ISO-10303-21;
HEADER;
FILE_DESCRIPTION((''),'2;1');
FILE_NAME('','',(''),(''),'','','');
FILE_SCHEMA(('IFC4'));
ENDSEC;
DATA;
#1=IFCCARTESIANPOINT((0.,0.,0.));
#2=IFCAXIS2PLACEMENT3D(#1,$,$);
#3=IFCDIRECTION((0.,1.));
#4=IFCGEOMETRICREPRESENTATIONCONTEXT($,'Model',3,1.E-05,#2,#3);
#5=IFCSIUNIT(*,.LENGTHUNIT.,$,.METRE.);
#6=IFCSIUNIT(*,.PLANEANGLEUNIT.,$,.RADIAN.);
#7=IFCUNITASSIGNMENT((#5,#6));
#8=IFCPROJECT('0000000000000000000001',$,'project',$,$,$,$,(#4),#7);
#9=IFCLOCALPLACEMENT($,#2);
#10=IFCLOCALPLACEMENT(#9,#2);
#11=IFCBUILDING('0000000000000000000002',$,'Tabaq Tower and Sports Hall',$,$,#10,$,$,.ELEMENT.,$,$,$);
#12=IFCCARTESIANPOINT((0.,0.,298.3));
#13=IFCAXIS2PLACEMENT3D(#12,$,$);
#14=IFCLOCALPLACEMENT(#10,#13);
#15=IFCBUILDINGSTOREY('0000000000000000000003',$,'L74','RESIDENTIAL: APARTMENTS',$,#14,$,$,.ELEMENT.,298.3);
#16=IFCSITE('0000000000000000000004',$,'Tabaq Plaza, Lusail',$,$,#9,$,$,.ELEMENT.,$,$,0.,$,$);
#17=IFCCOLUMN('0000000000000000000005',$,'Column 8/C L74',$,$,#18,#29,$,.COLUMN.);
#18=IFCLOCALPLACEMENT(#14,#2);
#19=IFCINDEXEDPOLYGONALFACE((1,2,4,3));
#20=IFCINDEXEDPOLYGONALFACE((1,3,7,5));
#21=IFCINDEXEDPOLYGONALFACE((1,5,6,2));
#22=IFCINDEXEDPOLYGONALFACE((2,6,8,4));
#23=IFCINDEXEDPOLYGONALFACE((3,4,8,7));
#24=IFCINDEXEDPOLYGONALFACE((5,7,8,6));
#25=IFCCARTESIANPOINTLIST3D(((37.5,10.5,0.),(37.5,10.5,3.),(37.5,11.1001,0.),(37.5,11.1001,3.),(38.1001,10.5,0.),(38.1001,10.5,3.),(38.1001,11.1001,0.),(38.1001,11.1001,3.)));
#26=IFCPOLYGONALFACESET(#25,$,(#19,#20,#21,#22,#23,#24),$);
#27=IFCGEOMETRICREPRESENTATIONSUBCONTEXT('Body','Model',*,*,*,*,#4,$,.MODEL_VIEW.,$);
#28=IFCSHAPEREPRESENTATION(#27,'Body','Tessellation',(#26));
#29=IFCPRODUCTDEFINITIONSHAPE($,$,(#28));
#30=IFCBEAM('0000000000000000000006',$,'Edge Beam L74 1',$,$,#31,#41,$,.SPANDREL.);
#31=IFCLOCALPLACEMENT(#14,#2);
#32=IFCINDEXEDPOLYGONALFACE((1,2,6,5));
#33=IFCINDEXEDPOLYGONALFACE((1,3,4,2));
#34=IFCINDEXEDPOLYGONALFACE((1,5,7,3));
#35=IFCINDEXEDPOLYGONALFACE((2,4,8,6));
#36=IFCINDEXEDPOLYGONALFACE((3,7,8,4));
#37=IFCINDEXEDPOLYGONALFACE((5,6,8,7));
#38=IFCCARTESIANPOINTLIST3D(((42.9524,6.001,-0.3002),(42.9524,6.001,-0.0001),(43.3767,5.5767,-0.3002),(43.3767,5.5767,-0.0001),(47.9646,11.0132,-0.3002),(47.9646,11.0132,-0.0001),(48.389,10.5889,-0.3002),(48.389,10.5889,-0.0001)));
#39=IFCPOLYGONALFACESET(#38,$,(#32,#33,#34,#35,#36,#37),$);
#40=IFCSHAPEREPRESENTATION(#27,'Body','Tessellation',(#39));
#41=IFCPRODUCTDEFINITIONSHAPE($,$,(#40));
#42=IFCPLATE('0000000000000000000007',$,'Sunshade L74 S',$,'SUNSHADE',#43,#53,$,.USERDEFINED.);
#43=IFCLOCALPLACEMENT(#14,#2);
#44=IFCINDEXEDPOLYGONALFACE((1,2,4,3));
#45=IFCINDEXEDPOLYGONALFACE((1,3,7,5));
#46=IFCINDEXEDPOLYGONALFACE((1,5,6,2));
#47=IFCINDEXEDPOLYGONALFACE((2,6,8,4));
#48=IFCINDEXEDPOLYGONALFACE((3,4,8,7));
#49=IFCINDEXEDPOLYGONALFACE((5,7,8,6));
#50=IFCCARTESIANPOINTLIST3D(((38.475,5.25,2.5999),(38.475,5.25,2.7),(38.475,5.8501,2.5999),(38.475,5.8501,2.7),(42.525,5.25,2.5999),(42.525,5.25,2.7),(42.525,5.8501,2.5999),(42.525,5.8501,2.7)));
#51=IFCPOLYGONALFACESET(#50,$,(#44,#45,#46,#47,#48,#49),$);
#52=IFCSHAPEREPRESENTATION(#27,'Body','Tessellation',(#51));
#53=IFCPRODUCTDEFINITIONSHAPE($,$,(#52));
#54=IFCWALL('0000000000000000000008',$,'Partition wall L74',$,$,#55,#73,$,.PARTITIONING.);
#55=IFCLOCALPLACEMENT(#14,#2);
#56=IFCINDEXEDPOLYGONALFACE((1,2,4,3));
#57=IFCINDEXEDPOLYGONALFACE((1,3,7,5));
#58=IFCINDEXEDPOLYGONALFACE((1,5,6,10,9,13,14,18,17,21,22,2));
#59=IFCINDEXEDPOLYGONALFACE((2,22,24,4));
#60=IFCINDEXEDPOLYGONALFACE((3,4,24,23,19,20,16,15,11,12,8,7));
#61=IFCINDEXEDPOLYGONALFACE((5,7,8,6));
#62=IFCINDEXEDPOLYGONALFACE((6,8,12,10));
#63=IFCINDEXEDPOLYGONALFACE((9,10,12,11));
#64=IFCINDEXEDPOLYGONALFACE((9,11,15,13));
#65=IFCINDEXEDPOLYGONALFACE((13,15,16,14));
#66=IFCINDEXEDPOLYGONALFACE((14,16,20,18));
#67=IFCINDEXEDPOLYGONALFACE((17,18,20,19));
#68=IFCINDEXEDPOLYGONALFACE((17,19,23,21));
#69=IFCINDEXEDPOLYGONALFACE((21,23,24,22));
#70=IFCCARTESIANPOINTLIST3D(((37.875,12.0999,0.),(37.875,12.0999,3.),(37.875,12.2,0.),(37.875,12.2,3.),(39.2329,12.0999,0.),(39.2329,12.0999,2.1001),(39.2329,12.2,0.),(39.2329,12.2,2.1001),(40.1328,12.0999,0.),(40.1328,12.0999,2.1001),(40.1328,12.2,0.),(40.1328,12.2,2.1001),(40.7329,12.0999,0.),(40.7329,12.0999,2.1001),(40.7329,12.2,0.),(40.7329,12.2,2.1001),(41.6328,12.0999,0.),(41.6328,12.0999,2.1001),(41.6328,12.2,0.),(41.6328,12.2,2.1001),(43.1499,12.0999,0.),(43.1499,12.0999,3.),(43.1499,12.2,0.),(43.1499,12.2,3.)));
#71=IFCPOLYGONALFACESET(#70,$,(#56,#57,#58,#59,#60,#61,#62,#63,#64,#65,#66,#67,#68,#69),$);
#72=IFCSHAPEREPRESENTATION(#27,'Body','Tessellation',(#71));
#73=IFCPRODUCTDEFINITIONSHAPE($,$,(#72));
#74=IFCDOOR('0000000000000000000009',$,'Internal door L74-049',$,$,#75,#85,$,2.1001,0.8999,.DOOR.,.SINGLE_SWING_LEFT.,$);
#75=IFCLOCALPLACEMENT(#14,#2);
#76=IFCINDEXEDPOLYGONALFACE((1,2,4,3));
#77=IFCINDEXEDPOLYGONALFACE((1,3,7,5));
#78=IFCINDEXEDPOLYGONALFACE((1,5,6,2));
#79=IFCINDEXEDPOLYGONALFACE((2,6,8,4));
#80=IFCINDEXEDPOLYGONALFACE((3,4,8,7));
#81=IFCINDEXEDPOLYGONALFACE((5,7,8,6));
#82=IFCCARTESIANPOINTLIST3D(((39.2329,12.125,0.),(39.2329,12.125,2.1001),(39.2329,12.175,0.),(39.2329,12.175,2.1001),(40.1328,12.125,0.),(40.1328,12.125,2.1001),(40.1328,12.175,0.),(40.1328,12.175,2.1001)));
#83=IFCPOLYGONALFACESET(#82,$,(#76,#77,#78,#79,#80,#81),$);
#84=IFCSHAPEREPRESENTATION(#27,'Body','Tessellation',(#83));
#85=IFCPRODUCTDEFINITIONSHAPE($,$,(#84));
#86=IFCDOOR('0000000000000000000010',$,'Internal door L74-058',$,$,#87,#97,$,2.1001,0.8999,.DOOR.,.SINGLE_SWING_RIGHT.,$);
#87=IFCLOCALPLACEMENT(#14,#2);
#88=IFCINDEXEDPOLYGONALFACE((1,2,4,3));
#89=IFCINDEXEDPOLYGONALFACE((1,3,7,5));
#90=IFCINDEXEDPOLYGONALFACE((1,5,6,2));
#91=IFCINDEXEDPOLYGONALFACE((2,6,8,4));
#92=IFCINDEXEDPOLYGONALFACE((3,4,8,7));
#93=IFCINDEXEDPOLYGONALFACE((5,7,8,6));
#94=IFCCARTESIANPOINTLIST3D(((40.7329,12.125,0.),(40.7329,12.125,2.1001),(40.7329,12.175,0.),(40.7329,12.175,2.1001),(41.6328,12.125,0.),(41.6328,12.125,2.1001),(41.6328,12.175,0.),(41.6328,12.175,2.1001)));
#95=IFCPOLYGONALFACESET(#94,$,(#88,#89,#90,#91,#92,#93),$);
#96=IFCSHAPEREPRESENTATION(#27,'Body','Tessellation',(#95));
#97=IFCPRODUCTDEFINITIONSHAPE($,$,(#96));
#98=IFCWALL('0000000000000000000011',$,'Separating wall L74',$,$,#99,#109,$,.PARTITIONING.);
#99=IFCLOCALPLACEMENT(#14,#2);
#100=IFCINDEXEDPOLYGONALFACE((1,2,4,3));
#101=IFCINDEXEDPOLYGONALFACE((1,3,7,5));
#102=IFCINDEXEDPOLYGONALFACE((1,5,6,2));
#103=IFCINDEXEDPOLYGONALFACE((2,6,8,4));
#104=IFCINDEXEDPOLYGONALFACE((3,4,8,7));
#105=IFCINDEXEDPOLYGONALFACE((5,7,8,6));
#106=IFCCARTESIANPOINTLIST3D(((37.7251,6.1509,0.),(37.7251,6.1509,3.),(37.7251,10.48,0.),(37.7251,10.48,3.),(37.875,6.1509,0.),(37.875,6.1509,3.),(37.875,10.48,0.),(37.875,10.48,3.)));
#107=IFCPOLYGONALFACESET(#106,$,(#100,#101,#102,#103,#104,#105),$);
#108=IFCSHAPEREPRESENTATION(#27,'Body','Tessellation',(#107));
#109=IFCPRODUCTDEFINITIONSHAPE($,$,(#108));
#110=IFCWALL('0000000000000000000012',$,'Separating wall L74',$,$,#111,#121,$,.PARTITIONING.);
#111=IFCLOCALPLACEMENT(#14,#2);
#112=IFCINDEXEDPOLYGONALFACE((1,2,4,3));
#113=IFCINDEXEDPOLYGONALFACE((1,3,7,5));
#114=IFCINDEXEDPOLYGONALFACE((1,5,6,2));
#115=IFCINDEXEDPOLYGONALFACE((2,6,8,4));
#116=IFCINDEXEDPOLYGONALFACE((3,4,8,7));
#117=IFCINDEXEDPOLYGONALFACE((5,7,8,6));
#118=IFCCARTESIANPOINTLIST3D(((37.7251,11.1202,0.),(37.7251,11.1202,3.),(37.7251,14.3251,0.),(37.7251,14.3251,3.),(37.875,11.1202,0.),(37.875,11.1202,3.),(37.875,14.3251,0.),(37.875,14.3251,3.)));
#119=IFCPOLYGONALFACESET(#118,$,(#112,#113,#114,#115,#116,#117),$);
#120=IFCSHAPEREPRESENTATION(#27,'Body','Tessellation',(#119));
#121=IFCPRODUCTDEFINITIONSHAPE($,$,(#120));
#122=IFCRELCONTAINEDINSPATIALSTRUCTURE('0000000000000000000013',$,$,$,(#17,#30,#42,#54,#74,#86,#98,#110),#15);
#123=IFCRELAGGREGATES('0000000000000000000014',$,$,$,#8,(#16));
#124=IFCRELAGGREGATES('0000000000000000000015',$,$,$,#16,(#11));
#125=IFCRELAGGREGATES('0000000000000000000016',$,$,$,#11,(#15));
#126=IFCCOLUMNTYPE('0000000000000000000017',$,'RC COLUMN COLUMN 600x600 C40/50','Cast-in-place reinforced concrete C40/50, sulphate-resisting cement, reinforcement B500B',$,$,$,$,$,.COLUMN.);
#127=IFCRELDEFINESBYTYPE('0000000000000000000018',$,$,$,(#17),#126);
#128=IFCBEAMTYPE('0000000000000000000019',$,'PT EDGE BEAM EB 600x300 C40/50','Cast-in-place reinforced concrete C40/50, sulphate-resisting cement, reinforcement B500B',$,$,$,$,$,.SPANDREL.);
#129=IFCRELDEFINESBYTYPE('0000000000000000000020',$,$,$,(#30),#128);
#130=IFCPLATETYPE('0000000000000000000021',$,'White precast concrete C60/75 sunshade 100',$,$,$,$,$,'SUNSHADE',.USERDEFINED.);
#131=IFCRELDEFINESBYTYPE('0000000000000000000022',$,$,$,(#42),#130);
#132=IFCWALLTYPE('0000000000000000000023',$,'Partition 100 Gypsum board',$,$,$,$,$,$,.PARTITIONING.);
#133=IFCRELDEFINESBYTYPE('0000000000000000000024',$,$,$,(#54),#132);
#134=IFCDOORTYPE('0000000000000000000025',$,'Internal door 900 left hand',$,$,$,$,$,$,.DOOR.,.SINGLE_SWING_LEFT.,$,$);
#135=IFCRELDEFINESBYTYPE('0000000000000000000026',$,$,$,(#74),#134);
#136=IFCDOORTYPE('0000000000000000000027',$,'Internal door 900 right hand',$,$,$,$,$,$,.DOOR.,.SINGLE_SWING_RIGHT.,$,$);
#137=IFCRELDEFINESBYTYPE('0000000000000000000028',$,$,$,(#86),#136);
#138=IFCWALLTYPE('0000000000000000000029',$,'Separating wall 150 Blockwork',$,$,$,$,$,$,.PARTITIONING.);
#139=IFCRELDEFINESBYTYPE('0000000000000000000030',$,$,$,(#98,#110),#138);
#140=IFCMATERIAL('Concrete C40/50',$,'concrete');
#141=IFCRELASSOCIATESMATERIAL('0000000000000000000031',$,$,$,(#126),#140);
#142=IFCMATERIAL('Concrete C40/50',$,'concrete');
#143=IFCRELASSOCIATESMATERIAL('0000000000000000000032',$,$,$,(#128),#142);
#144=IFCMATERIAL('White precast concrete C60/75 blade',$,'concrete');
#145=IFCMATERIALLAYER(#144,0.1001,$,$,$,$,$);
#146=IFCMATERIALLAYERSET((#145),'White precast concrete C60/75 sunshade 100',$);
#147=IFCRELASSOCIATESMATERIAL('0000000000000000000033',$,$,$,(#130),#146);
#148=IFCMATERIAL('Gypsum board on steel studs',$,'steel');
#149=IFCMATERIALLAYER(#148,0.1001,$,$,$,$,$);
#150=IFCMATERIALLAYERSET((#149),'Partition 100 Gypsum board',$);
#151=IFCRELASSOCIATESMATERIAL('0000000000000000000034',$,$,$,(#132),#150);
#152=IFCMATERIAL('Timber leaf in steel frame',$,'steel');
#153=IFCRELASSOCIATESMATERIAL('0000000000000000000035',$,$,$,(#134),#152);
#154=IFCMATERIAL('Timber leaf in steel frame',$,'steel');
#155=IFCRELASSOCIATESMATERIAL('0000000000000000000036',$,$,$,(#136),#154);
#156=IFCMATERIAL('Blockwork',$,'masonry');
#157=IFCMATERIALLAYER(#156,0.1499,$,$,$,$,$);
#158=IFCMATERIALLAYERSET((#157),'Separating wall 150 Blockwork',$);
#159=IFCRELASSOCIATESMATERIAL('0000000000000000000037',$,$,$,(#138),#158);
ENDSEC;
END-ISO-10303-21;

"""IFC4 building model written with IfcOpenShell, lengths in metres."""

from ifc_helpers import new_model, si_unit, direction, frame, frame_2d, origin, origin_2d, place, context, subcontext, project, spatial, rectangle, extrude, material, layer, layer_set, material_profile, profile_set, type_object, element, fill, save


model = new_model("IFC4")

# Units and contexts
model_context = context("Model", 3, precision=1e-05, world=origin(), true_north=direction((0.0, 1.0)))
body_context = subcontext(model_context, "Body", "Model", "MODEL_VIEW")
ifc_project = project(units=[si_unit("LENGTHUNIT", "METRE"), si_unit("PLANEANGLEUNIT", "RADIAN")], contexts=[model_context])

# Site, building, storey
site_placement = place(None, origin())
site = spatial("IfcSite", under=ifc_project, at=site_placement, Name="Tabaq Plaza, Lusail", CompositionType="ELEMENT", RefElevation=0.0)
building_placement = place(site_placement, origin())
building = spatial("IfcBuilding", under=site, at=building_placement, Name="Tabaq Tower and Sports Hall", CompositionType="ELEMENT")
storey_placement = place(building_placement, frame((0.0, 0.0, 298.3)))
storey = spatial("IfcBuildingStorey", under=building, at=storey_placement, Name="L74", Description="RESIDENTIAL: APARTMENTS", CompositionType="ELEMENT", Elevation=298.3)

# Column
ifc_material_1 = material(Name="Concrete C40/50", Category="concrete")
ifc_material_profile_1 = material_profile(ifc_material_1, rectangle(XDim=0.6001, YDim=0.6001, at=origin_2d()), Name="COLUMN 600x600")
ifc_profile_set_1 = profile_set([ifc_material_profile_1], Name="Concrete C40/50")
column_type = type_object("IfcColumnType", Name="RC COLUMN COLUMN 600x600 C40/50", Description="Cast-in-place reinforced concrete C40/50, sulphate-resisting cement, reinforcement B500B", PredefinedType="COLUMN", material=ifc_profile_set_1)
column_placement = place(storey_placement, frame((37.8, 10.8, 0.0), z_axis=(0.0, 0.0, 1.0), x_axis=(1.0, 0.0, 0.0)))
element("IfcColumn", 1, at=column_placement, inside=storey, type_object=column_type, Name="Column 8/C L74", PredefinedType="COLUMN", context=body_context, shape_type="SweptSolid", body=[
    extrude(rectangle(XDim=0.6001, YDim=0.6001, at=origin_2d()), origin(), (0.0, 0.0, 1.0), 3.0),
])

# Beam
ifc_material_2 = material(Name="Concrete C40/50", Category="concrete")
ifc_material_profile_2 = material_profile(ifc_material_2, rectangle(XDim=0.6001, YDim=0.3, at=origin_2d()), Name="EB 600x300")
ifc_profile_set_2 = profile_set([ifc_material_profile_2], Name="Concrete C40/50")
beam_type = type_object("IfcBeamType", Name="PT EDGE BEAM EB 600x300 C40/50", Description="Cast-in-place reinforced concrete C40/50, sulphate-resisting cement, reinforcement B500B", PredefinedType="SPANDREL", material=ifc_profile_set_2)
beam_placement = place(storey_placement, frame((43.1646, 5.7888, -0.1501), z_axis=(0.707107, 0.707107, 0.0), x_axis=(-0.707107, 0.707107, 0.0)))
element("IfcBeam", 2, at=beam_placement, inside=storey, type_object=beam_type, Name="Edge Beam L74 1", PredefinedType="SPANDREL", context=body_context, shape_type="SweptSolid", body=[
    extrude(rectangle(XDim=0.6001, YDim=0.3, at=origin_2d()), origin(), (0.0, 0.0, 1.0), 7.0884),
])

# Plate
ifc_material_3 = material(Name="White precast concrete C60/75 blade", Category="concrete")
ifc_layer_1 = layer(ifc_material_3, 0.1001)
ifc_layer_set_1 = layer_set([ifc_layer_1], Name="White precast concrete C60/75 sunshade 100")
plate_type = type_object("IfcPlateType", Name="White precast concrete C60/75 sunshade 100", ElementType="SUNSHADE", PredefinedType="USERDEFINED", material=ifc_layer_set_1)
plate_placement = place(storey_placement, frame((40.5, 5.55, 2.5999), z_axis=(0.0, 0.0, 1.0), x_axis=(1.0, 0.0, 0.0)))
element("IfcPlate", 3, at=plate_placement, inside=storey, type_object=plate_type, Name="Sunshade L74 S", ObjectType="SUNSHADE", PredefinedType="USERDEFINED", context=body_context, shape_type="SweptSolid", body=[
    extrude(rectangle(XDim=4.05, YDim=0.6001, at=origin_2d()), origin(), (0.0, 0.0, 1.0), 0.1001),
])

# Wall, openings, doors
ifc_material_4 = material(Name="Gypsum board on steel studs", Category="steel")
ifc_layer_2 = layer(ifc_material_4, 0.1001)
ifc_layer_set_2 = layer_set([ifc_layer_2], Name="Partition 100 Gypsum board")
wall_type_1 = type_object("IfcWallType", Name="Partition 100 Gypsum board", PredefinedType="PARTITIONING", material=ifc_layer_set_2)
wall_1_placement = place(storey_placement, frame((43.1499, 12.1499, 0.0), z_axis=(0.0, 0.0, 1.0), x_axis=(-1.0, 0.0, 0.0)))
wall_1 = element("IfcWall", 4, at=wall_1_placement, inside=storey, type_object=wall_type_1, Name="Partition wall L74", PredefinedType="PARTITIONING", context=body_context, shape_type="SweptSolid", body=[
    extrude(rectangle(XDim=5.2749, YDim=0.1001, at=frame_2d((2.6375, 0.0))), origin(), (0.0, 0.0, 1.0), 3.0),
])
opening_1_placement = place(wall_1_placement, frame((3.0171, 0.0, 0.0)))
opening_1 = element("IfcOpeningElement", 5, at=opening_1_placement, cuts=wall_1, PredefinedType="OPENING", context=body_context, shape_type="SweptSolid", body=[
    extrude(rectangle(XDim=0.8999, YDim=2.1001, at=frame_2d((0.45, 1.05))), frame((0.0, 0.05, 0.0), z_axis=(0.0, -1.0, 0.0), x_axis=(1.0, 0.0, 0.0)), (0.0, 0.0, 1.0), 0.1001),
])
opening_2_placement = place(wall_1_placement, frame((1.5171, 0.0, 0.0)))
opening_2 = element("IfcOpeningElement", 6, at=opening_2_placement, cuts=wall_1, PredefinedType="OPENING", context=body_context, shape_type="SweptSolid", body=[
    extrude(rectangle(XDim=0.8999, YDim=2.1001, at=frame_2d((0.45, 1.05))), frame((0.0, 0.05, 0.0), z_axis=(0.0, -1.0, 0.0), x_axis=(1.0, 0.0, 0.0)), (0.0, 0.0, 1.0), 0.1001),
])
ifc_material_5 = material(Name="Timber leaf in steel frame", Category="steel")
door_type_1 = type_object("IfcDoorType", Name="Internal door 900 left hand", OperationType="SINGLE_SWING_LEFT", PredefinedType="DOOR", material=ifc_material_5)
door_1_placement = place(opening_1_placement, origin())
door_1 = element("IfcDoor", 7, at=door_1_placement, inside=storey, type_object=door_type_1, Name="Internal door L74-049", OperationType="SINGLE_SWING_LEFT", OverallHeight=2.1001, OverallWidth=0.8999, PredefinedType="DOOR", context=body_context, shape_type="SweptSolid", body=[
    extrude(rectangle(XDim=0.8999, YDim=2.1001, at=frame_2d((0.45, 1.05))), frame((0.0, 0.0249, 0.0), z_axis=(0.0, -1.0, 0.0), x_axis=(1.0, 0.0, 0.0)), (0.0, 0.0, 1.0), 0.05),
])
fill(opening_1, door_1)
ifc_material_6 = material(Name="Timber leaf in steel frame", Category="steel")
door_type_2 = type_object("IfcDoorType", Name="Internal door 900 right hand", OperationType="SINGLE_SWING_RIGHT", PredefinedType="DOOR", material=ifc_material_6)
door_2_placement = place(opening_2_placement, origin())
door_2 = element("IfcDoor", 8, at=door_2_placement, inside=storey, type_object=door_type_2, Name="Internal door L74-058", OperationType="SINGLE_SWING_RIGHT", OverallHeight=2.1001, OverallWidth=0.8999, PredefinedType="DOOR", context=body_context, shape_type="SweptSolid", body=[
    extrude(rectangle(XDim=0.8999, YDim=2.1001, at=frame_2d((0.45, 1.05))), frame((0.0, 0.0249, 0.0), z_axis=(0.0, -1.0, 0.0), x_axis=(1.0, 0.0, 0.0)), (0.0, 0.0, 1.0), 0.05),
])
fill(opening_2, door_2)

# Walls
ifc_material_7 = material(Name="Blockwork", Category="masonry")
ifc_layer_3 = layer(ifc_material_7, 0.1499)
ifc_layer_set_3 = layer_set([ifc_layer_3], Name="Separating wall 150 Blockwork")
wall_type_2 = type_object("IfcWallType", Name="Separating wall 150 Blockwork", PredefinedType="PARTITIONING", material=ifc_layer_set_3)
wall_2_placement = place(storey_placement, frame((37.8, 6.1509, 0.0), z_axis=(0.0, 0.0, 1.0), x_axis=(0.0, 1.0, 0.0)))
element("IfcWall", 9, at=wall_2_placement, inside=storey, type_object=wall_type_2, Name="Separating wall L74", PredefinedType="PARTITIONING", context=body_context, shape_type="SweptSolid", body=[
    extrude(rectangle(XDim=4.3291, YDim=0.1499, at=frame_2d((2.1646, 0.0))), origin(), (0.0, 0.0, 1.0), 3.0),
])
wall_3_placement = place(storey_placement, frame((37.8, 11.1201, 0.0), z_axis=(0.0, 0.0, 1.0), x_axis=(0.0, 1.0, 0.0)))
element("IfcWall", 10, at=wall_3_placement, inside=storey, type_object=wall_type_2, Name="Separating wall L74", PredefinedType="PARTITIONING", context=body_context, shape_type="SweptSolid", body=[
    extrude(rectangle(XDim=3.2048, YDim=0.1499, at=frame_2d((1.6025, 0.0))), origin(), (0.0, 0.0, 1.0), 3.0),
])

save(model, "model.ifc")
